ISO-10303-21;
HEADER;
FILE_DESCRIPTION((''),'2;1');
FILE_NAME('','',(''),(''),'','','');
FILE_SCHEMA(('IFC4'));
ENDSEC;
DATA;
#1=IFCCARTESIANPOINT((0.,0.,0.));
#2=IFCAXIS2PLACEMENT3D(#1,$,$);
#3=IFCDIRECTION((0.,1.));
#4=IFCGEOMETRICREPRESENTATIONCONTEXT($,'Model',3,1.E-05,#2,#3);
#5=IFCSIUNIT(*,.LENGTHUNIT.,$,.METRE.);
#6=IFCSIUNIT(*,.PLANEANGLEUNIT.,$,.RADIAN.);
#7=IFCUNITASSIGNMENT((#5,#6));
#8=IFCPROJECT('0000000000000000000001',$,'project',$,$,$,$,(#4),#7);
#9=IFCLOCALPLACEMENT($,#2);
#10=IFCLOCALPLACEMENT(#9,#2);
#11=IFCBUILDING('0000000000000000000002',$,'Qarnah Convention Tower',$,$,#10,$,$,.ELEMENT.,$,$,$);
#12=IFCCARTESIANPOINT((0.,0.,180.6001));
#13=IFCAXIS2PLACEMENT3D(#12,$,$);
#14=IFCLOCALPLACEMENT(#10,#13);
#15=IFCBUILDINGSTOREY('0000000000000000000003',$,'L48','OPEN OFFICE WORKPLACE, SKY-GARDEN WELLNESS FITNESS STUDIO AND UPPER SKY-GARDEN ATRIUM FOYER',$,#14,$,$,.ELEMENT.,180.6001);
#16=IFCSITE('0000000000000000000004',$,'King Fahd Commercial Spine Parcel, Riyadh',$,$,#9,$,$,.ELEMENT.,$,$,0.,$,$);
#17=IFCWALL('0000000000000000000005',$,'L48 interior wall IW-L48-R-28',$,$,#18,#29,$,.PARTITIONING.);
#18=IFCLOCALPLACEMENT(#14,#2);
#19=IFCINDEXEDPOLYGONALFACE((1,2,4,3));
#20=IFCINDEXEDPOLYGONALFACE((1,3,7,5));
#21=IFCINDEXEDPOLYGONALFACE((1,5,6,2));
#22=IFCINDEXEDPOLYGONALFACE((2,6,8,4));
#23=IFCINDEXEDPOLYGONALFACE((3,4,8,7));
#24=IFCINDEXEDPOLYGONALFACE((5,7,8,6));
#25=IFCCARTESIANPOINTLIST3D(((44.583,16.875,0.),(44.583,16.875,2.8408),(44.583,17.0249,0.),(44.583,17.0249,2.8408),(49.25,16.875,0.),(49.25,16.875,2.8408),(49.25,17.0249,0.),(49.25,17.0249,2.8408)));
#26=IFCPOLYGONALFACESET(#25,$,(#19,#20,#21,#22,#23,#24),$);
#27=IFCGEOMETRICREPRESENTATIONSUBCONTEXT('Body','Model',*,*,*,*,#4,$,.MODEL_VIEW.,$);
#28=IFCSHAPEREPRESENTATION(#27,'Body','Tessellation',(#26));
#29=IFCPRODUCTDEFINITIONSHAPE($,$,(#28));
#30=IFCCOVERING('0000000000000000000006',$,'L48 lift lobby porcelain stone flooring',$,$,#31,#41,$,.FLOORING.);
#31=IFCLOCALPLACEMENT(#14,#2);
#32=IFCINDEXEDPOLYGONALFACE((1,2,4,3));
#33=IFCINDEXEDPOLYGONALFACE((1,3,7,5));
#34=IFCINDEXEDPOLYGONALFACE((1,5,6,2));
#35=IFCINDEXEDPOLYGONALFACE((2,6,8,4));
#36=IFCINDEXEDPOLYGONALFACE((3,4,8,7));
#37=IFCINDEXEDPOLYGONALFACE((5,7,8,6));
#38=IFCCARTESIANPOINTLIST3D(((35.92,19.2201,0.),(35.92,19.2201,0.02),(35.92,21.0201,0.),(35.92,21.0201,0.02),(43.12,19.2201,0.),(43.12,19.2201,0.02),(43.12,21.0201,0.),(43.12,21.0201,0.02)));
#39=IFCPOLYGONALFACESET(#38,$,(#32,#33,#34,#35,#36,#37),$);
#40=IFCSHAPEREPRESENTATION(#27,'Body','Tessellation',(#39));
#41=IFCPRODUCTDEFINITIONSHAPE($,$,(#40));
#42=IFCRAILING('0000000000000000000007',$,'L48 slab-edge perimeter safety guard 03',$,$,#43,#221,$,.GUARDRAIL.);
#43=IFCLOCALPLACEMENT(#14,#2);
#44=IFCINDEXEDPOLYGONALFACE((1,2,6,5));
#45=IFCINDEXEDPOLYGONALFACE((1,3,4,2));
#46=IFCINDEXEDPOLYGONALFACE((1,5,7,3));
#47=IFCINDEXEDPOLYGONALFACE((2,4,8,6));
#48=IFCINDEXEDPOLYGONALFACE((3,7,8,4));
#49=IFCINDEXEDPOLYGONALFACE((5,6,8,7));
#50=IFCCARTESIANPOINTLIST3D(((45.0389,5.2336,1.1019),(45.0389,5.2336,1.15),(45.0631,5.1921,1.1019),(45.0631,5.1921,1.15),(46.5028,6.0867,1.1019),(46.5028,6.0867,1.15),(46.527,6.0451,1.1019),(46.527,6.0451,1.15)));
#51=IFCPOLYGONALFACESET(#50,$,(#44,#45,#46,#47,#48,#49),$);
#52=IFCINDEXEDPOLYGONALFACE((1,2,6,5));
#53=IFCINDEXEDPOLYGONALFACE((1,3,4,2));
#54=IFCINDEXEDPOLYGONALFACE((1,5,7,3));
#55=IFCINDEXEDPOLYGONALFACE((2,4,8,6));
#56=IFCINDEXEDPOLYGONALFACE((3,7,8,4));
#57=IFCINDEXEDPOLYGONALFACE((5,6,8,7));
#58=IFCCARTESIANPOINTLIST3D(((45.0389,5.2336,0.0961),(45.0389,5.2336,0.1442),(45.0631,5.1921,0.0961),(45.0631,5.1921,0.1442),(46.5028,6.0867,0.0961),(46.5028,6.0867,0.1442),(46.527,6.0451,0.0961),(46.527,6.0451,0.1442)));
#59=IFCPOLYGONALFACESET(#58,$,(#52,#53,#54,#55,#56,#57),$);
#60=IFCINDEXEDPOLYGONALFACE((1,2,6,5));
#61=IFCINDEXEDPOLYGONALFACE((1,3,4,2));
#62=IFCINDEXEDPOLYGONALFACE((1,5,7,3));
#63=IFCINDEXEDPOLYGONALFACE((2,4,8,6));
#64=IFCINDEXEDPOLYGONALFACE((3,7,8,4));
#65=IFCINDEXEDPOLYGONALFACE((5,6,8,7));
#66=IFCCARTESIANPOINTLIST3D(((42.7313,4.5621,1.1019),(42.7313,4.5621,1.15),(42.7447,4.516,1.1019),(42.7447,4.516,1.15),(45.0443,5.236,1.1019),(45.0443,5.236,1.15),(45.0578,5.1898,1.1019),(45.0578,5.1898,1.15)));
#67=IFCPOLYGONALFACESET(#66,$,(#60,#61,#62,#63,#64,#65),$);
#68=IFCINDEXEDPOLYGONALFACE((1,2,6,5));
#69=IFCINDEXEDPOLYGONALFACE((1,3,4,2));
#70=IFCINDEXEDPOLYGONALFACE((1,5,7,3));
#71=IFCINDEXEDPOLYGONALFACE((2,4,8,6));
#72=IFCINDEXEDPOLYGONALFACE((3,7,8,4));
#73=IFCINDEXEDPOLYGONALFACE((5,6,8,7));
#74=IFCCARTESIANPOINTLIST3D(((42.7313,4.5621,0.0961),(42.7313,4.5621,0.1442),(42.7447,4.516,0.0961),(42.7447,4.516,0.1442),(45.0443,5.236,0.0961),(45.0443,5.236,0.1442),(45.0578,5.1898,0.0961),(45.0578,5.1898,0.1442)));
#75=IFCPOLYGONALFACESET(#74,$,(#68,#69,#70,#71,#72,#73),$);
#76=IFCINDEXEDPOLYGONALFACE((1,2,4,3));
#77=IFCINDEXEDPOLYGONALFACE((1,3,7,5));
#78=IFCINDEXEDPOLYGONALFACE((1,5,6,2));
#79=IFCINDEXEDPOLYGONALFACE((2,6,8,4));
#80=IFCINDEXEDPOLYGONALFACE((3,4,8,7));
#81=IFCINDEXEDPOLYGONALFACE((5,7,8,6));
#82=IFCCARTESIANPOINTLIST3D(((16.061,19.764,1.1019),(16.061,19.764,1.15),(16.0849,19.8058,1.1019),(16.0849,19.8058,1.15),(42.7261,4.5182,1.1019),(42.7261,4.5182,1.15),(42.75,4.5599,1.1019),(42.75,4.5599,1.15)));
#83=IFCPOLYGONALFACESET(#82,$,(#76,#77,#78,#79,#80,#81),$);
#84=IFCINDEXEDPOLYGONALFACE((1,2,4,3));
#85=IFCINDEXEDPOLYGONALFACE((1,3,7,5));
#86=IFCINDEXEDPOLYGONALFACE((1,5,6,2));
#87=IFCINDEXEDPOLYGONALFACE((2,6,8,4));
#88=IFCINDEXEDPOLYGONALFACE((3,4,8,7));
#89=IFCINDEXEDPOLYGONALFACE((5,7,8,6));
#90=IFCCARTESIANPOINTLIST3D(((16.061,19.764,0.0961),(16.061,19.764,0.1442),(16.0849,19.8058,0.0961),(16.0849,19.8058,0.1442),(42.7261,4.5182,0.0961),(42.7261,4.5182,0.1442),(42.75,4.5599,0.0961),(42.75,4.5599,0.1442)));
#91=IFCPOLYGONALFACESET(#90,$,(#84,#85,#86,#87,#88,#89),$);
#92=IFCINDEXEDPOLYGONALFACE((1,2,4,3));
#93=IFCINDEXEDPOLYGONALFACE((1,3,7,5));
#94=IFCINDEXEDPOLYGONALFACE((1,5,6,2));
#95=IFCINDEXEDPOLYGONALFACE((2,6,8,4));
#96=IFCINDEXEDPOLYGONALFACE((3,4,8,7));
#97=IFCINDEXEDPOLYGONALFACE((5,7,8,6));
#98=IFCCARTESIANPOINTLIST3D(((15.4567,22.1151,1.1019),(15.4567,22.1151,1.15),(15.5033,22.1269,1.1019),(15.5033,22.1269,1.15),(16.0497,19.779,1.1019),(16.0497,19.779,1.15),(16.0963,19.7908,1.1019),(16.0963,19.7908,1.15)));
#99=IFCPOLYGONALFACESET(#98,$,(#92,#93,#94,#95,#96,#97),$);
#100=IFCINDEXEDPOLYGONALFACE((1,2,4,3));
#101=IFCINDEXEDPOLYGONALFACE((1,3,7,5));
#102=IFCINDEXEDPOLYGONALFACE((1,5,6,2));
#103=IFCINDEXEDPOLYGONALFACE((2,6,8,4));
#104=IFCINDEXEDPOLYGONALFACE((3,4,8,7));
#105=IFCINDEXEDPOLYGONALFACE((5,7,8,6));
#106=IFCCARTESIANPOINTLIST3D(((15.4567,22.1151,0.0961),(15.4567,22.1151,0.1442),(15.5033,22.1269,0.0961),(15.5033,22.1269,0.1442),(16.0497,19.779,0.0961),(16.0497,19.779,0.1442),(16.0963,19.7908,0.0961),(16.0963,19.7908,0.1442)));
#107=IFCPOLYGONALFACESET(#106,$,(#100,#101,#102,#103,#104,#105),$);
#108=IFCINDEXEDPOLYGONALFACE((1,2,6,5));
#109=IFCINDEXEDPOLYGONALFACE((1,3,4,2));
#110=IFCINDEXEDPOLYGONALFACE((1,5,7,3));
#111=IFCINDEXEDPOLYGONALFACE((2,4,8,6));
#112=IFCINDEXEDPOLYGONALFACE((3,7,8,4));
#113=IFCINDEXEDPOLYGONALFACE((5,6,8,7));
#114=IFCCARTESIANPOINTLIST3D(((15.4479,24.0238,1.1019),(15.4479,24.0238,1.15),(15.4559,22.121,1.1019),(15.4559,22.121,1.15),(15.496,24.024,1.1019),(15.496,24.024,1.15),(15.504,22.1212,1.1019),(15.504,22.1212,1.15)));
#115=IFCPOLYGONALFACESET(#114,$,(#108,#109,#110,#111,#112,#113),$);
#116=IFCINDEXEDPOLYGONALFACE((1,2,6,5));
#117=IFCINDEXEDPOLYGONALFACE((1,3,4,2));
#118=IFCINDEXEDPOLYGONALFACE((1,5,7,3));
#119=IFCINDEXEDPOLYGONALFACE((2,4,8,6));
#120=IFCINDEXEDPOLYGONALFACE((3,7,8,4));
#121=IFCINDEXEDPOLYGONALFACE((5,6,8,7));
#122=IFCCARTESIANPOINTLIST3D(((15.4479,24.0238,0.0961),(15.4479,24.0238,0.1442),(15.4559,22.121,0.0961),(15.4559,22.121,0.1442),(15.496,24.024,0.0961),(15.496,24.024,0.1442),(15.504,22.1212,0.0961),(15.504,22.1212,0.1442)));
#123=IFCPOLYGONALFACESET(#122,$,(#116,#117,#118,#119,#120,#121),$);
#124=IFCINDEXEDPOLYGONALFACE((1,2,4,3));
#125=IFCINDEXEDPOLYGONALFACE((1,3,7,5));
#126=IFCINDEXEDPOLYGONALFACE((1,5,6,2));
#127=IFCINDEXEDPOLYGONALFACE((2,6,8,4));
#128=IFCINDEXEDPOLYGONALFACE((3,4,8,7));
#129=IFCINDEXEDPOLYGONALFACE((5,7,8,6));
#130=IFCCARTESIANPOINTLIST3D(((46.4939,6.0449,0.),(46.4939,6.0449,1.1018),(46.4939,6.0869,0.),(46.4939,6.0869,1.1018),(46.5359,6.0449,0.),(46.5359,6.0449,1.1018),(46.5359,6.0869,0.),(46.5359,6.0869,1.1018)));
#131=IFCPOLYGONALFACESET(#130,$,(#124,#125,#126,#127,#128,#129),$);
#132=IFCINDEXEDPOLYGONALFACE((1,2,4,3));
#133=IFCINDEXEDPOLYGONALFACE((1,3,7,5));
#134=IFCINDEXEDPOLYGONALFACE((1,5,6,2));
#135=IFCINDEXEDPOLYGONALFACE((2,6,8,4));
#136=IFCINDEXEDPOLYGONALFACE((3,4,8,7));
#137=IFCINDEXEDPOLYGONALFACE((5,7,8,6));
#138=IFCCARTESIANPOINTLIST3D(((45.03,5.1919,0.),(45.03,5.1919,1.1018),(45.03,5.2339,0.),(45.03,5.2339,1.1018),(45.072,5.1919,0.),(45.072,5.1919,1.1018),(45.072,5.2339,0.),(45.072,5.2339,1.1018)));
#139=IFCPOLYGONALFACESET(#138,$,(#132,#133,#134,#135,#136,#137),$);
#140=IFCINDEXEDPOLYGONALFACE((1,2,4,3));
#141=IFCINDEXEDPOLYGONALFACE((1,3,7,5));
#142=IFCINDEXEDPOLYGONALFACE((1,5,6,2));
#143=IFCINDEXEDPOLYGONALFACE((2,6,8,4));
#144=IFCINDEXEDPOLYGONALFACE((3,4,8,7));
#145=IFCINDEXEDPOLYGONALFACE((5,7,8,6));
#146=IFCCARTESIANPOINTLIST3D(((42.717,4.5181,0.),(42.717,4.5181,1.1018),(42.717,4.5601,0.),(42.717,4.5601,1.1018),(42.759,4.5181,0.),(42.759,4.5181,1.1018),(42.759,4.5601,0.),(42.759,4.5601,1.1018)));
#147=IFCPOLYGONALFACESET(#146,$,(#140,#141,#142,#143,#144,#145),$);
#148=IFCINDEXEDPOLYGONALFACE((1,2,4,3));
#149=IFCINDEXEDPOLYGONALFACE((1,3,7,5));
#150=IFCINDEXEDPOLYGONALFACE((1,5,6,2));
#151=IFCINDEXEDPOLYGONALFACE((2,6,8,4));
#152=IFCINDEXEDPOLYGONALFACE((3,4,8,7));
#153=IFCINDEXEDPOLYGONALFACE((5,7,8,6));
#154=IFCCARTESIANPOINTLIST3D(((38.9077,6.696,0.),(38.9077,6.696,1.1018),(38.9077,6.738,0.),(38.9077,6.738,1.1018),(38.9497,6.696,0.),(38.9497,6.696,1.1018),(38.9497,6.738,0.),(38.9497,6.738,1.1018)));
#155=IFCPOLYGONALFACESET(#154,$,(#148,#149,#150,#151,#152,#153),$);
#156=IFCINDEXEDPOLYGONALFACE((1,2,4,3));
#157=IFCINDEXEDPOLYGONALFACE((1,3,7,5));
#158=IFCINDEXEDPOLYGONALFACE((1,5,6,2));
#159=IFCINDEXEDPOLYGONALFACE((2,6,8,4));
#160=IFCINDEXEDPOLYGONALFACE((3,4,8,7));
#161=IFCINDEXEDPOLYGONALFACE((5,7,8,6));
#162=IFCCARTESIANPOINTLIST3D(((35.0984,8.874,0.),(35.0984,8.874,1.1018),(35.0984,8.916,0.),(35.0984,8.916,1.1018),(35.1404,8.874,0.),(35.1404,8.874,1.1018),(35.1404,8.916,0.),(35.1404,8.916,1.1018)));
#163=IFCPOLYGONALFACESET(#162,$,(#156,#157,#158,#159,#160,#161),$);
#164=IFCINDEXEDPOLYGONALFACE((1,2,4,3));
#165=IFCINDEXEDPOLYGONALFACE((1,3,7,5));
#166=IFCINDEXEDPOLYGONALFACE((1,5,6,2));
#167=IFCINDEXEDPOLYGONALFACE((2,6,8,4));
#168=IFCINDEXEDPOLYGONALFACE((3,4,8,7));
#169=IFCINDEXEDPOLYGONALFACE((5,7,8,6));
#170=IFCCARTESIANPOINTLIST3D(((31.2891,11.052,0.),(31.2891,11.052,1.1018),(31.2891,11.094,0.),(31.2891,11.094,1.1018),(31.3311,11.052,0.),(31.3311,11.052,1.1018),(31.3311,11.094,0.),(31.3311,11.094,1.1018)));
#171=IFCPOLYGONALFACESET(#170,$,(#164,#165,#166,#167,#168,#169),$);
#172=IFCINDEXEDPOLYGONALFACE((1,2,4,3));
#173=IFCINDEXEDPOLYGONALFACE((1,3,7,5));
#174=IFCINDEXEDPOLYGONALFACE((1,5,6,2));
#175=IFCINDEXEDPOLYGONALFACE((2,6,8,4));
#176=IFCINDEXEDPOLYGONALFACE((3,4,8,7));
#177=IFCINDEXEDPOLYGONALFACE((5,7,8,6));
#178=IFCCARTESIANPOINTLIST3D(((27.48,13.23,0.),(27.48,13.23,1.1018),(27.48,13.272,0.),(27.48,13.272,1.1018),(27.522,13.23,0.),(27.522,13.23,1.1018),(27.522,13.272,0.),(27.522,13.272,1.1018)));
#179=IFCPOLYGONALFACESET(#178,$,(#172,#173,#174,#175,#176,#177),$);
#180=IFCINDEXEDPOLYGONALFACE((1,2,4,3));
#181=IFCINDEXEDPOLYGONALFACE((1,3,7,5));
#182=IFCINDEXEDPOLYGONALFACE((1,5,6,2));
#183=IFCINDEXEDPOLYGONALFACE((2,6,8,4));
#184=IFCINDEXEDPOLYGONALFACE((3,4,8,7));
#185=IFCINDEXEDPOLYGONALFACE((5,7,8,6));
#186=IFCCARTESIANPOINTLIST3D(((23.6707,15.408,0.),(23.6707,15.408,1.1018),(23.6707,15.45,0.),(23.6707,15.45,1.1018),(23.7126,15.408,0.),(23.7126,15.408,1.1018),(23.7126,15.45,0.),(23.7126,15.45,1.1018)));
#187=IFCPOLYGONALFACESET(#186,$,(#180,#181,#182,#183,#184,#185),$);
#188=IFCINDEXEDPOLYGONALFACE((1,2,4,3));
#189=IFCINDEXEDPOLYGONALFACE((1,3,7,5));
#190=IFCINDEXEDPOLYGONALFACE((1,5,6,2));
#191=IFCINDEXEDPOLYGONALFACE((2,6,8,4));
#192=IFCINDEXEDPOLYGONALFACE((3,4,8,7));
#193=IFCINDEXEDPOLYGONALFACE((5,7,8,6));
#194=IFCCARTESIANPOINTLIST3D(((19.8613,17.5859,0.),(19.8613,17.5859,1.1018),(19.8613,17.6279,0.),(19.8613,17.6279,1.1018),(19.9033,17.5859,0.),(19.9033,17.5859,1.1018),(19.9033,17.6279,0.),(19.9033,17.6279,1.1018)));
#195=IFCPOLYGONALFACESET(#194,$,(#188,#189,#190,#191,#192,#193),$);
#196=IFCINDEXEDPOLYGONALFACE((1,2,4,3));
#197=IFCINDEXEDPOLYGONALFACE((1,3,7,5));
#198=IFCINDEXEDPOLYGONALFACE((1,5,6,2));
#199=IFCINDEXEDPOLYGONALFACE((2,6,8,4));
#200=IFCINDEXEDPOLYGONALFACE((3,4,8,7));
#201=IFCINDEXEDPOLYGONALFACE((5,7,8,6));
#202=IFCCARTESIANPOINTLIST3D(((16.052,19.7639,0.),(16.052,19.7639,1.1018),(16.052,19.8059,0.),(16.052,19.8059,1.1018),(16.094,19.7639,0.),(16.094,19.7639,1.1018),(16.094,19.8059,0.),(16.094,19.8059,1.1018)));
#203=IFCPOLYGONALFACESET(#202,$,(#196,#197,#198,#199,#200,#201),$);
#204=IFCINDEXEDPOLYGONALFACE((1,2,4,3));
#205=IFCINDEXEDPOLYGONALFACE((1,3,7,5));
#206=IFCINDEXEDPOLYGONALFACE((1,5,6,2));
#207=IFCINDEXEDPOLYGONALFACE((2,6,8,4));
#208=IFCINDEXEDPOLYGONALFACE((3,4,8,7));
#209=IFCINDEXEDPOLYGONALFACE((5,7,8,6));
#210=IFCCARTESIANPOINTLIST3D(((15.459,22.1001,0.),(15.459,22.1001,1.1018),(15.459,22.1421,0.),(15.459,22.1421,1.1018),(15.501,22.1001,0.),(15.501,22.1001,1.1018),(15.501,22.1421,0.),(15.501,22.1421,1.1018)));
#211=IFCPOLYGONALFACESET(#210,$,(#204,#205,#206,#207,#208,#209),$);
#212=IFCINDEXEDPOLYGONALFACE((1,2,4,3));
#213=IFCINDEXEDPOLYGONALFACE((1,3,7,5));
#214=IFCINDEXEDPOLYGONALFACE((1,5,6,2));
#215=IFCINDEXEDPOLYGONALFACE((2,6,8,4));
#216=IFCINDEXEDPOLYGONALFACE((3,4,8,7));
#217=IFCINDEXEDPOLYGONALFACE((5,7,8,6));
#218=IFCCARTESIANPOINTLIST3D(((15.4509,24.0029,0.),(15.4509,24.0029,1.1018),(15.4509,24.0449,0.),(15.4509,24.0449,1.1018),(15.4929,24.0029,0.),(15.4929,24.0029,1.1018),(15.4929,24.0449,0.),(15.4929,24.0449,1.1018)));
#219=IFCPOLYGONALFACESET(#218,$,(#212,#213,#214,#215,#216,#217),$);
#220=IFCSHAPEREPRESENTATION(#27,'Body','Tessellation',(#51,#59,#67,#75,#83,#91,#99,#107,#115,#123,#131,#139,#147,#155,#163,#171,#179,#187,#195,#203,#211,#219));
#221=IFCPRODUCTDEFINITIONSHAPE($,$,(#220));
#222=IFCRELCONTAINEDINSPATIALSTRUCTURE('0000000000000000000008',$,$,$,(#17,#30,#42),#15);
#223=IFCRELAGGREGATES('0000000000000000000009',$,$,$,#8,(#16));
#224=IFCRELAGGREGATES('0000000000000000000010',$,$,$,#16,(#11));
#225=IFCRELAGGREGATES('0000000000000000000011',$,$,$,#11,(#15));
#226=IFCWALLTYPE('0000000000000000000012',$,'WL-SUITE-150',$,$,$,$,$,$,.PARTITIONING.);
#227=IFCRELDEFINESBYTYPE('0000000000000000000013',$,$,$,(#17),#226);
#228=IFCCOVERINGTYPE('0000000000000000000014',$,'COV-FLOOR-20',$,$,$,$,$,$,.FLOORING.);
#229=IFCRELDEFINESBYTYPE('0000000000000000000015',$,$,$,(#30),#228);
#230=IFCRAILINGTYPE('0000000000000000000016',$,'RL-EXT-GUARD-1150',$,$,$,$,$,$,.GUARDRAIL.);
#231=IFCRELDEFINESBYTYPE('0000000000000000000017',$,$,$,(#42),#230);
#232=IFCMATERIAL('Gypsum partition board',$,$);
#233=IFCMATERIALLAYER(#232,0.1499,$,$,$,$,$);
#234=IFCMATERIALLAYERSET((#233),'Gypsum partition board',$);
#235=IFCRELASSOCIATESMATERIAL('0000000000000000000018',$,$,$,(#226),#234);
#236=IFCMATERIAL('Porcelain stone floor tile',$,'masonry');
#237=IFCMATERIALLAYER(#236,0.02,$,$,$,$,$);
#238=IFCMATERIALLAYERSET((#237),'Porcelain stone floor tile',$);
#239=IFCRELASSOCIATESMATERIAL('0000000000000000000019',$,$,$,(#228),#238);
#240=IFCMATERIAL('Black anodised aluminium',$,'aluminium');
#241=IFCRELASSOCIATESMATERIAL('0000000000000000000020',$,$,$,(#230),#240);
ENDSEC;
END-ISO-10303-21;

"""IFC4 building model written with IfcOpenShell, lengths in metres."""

from ifc_helpers import new_model, si_unit, direction, frame, frame_2d, origin, origin_2d, place, context, subcontext, project, spatial, rectangle, extrude, material, layer, layer_set, type_object, element, save


model = new_model("IFC4")

# Units and contexts
model_context = context("Model", 3, precision=1e-05, world=origin(), true_north=direction((0.0, 1.0)))
body_context = subcontext(model_context, "Body", "Model", "MODEL_VIEW")
ifc_project = project(units=[si_unit("LENGTHUNIT", "METRE"), si_unit("PLANEANGLEUNIT", "RADIAN")], contexts=[model_context])

# Site, building, storey
site_placement = place(None, origin())
site = spatial("IfcSite", under=ifc_project, at=site_placement, Name="King Fahd Commercial Spine Parcel, Riyadh", CompositionType="ELEMENT", RefElevation=0.0)
building_placement = place(site_placement, origin())
building = spatial("IfcBuilding", under=site, at=building_placement, Name="Qarnah Convention Tower", CompositionType="ELEMENT")
storey_placement = place(building_placement, frame((0.0, 0.0, 180.6001)))
storey = spatial("IfcBuildingStorey", under=building, at=storey_placement, Name="L48", Description="OPEN OFFICE WORKPLACE, SKY-GARDEN WELLNESS FITNESS STUDIO AND UPPER SKY-GARDEN ATRIUM FOYER", CompositionType="ELEMENT", Elevation=180.6001)

# Shared definitions
ifc_material_1 = material(Name="Black anodised aluminium", Category="aluminium")

# Shared definitions
ifc_material_2 = material(Name="Gypsum partition board")
ifc_layer_1 = layer(ifc_material_2, 0.1499)
ifc_layer_set_1 = layer_set([ifc_layer_1], Name="Gypsum partition board")
wall_type_1 = type_object("IfcWallType", Name="WL-SUITE-150", PredefinedType="PARTITIONING", material=ifc_layer_set_1)

# Wall
wall_1_placement = place(storey_placement, frame((49.25, 16.95, 0.0), z_axis=(0.0, 0.0, 1.0), x_axis=(-1.0, 0.0, 0.0)))
element("IfcWall", 1, at=wall_1_placement, inside=storey, type_object=wall_type_1, Name="L48 interior wall IW-L48-R-28", PredefinedType="PARTITIONING", context=body_context, shape_type="SweptSolid", body=[
    extrude(rectangle(XDim=4.667, YDim=0.1499, at=frame_2d((2.3335, 0.0))), origin(), (0.0, 0.0, 1.0), 2.8408),
])

# Covering
ifc_material_3 = material(Name="Porcelain stone floor tile", Category="masonry")
ifc_layer_2 = layer(ifc_material_3, 0.02)
ifc_layer_set_2 = layer_set([ifc_layer_2], Name="Porcelain stone floor tile")
covering_type = type_object("IfcCoveringType", Name="COV-FLOOR-20", PredefinedType="FLOORING", material=ifc_layer_set_2)
covering_placement = place(storey_placement, frame((39.52, 20.1201, 0.0), z_axis=(0.0, 0.0, 1.0), x_axis=(1.0, 0.0, 0.0)))
element("IfcCovering", 2, at=covering_placement, inside=storey, type_object=covering_type, Name="L48 lift lobby porcelain stone flooring", PredefinedType="FLOORING", context=body_context, shape_type="SweptSolid", body=[
    extrude(rectangle(XDim=7.2, YDim=1.8, at=origin_2d()), origin(), (0.0, 0.0, 1.0), 0.02),
])

# Railing
railing_type = type_object("IfcRailingType", Name="RL-EXT-GUARD-1150", PredefinedType="GUARDRAIL", material=ifc_material_1)
railing_1_placement = place(storey_placement, frame((46.5149, 6.0659, 0.0)))
element("IfcRailing", 3, at=railing_1_placement, inside=storey, type_object=railing_type, Name="L48 slab-edge perimeter safety guard 03", PredefinedType="GUARDRAIL", context=body_context, shape_type="SweptSolid", body=[
    extrude(rectangle(XDim=0.0481, YDim=0.0481, at=origin_2d()), frame((0.0, 0.0, 1.126), z_axis=(-0.864009, -0.503477, 0.0), x_axis=(0.503477, -0.864009, 0.0)), (0.0, 0.0, 1.0), 1.6943),
    extrude(rectangle(XDim=0.0481, YDim=0.0481, at=origin_2d()), frame((0.0, 0.0, 0.1201), z_axis=(-0.864009, -0.503477, 0.0), x_axis=(0.503477, -0.864009, 0.0)), (0.0, 0.0, 1.0), 1.6943),
    extrude(rectangle(XDim=0.0481, YDim=0.0481, at=origin_2d()), frame((-1.4639, -0.853, 1.126), z_axis=(-0.960088, -0.279696, 0.0), x_axis=(0.279696, -0.960088, 0.0)), (0.0, 0.0, 1.0), 2.4092),
    extrude(rectangle(XDim=0.0481, YDim=0.0481, at=origin_2d()), frame((-1.4639, -0.853, 0.1201), z_axis=(-0.960088, -0.279696, 0.0), x_axis=(0.279696, -0.960088, 0.0)), (0.0, 0.0, 1.0), 2.4092),
    extrude(rectangle(XDim=0.0481, YDim=0.0481, at=origin_2d()), frame((-3.7769, -1.5269, 1.126), z_axis=(-0.868121, 0.496352, 0.0), x_axis=(-0.496352, -0.868121, 0.0)), (0.0, 0.0, 1.0), 30.7158),
    extrude(rectangle(XDim=0.0481, YDim=0.0481, at=origin_2d()), frame((-3.7769, -1.5269, 0.1201), z_axis=(-0.868121, 0.496352, 0.0), x_axis=(-0.496352, -0.868121, 0.0)), (0.0, 0.0, 1.0), 30.7158),
    extrude(rectangle(XDim=0.0481, YDim=0.0481, at=origin_2d()), frame((-30.4419, 13.719, 1.126), z_axis=(-0.246038, 0.96926, 0.0), x_axis=(-0.96926, -0.246038, 0.0)), (0.0, 0.0, 1.0), 2.4102),
    extrude(rectangle(XDim=0.0481, YDim=0.0481, at=origin_2d()), frame((-30.4419, 13.719, 0.1201), z_axis=(-0.246038, 0.96926, 0.0), x_axis=(-0.96926, -0.246038, 0.0)), (0.0, 0.0, 1.0), 2.4102),
    extrude(rectangle(XDim=0.0481, YDim=0.0481, at=origin_2d()), frame((-31.0349, 16.0552, 1.126), z_axis=(-0.004234, 0.999991, 0.0), x_axis=(-0.999991, -0.004234, 0.0)), (0.0, 0.0, 1.0), 1.9028),
    extrude(rectangle(XDim=0.0481, YDim=0.0481, at=origin_2d()), frame((-31.0349, 16.0552, 0.1201), z_axis=(-0.004234, 0.999991, 0.0), x_axis=(-0.999991, -0.004234, 0.0)), (0.0, 0.0, 1.0), 1.9028),
    extrude(rectangle(XDim=0.042, YDim=0.042, at=origin_2d()), origin(), (0.0, 0.0, 1.0), 1.1018),
    extrude(rectangle(XDim=0.042, YDim=0.042, at=origin_2d()), frame((-1.4639, -0.853, 0.0)), (0.0, 0.0, 1.0), 1.1018),
    extrude(rectangle(XDim=0.042, YDim=0.042, at=origin_2d()), frame((-3.7769, -1.5269, 0.0)), (0.0, 0.0, 1.0), 1.1018),
    extrude(rectangle(XDim=0.042, YDim=0.042, at=origin_2d()), frame((-7.5862, 0.6511, 0.0)), (0.0, 0.0, 1.0), 1.1018),
    extrude(rectangle(XDim=0.042, YDim=0.042, at=origin_2d()), frame((-11.3955, 2.8291, 0.0)), (0.0, 0.0, 1.0), 1.1018),
    extrude(rectangle(XDim=0.042, YDim=0.042, at=origin_2d()), frame((-15.2048, 5.0071, 0.0)), (0.0, 0.0, 1.0), 1.1018),
    extrude(rectangle(XDim=0.042, YDim=0.042, at=origin_2d()), frame((-19.0139, 7.1851, 0.0)), (0.0, 0.0, 1.0), 1.1018),
    extrude(rectangle(XDim=0.042, YDim=0.042, at=origin_2d()), frame((-22.8232, 9.363, 0.0)), (0.0, 0.0, 1.0), 1.1018),
    extrude(rectangle(XDim=0.042, YDim=0.042, at=origin_2d()), frame((-26.6326, 11.541, 0.0)), (0.0, 0.0, 1.0), 1.1018),
    extrude(rectangle(XDim=0.042, YDim=0.042, at=origin_2d()), frame((-30.4419, 13.719, 0.0)), (0.0, 0.0, 1.0), 1.1018),
    extrude(rectangle(XDim=0.042, YDim=0.042, at=origin_2d()), frame((-31.0349, 16.0552, 0.0)), (0.0, 0.0, 1.0), 1.1018),
    extrude(rectangle(XDim=0.042, YDim=0.042, at=origin_2d()), frame((-31.043, 17.958, 0.0)), (0.0, 0.0, 1.0), 1.1018),
])

save(model, "model.ifc")
